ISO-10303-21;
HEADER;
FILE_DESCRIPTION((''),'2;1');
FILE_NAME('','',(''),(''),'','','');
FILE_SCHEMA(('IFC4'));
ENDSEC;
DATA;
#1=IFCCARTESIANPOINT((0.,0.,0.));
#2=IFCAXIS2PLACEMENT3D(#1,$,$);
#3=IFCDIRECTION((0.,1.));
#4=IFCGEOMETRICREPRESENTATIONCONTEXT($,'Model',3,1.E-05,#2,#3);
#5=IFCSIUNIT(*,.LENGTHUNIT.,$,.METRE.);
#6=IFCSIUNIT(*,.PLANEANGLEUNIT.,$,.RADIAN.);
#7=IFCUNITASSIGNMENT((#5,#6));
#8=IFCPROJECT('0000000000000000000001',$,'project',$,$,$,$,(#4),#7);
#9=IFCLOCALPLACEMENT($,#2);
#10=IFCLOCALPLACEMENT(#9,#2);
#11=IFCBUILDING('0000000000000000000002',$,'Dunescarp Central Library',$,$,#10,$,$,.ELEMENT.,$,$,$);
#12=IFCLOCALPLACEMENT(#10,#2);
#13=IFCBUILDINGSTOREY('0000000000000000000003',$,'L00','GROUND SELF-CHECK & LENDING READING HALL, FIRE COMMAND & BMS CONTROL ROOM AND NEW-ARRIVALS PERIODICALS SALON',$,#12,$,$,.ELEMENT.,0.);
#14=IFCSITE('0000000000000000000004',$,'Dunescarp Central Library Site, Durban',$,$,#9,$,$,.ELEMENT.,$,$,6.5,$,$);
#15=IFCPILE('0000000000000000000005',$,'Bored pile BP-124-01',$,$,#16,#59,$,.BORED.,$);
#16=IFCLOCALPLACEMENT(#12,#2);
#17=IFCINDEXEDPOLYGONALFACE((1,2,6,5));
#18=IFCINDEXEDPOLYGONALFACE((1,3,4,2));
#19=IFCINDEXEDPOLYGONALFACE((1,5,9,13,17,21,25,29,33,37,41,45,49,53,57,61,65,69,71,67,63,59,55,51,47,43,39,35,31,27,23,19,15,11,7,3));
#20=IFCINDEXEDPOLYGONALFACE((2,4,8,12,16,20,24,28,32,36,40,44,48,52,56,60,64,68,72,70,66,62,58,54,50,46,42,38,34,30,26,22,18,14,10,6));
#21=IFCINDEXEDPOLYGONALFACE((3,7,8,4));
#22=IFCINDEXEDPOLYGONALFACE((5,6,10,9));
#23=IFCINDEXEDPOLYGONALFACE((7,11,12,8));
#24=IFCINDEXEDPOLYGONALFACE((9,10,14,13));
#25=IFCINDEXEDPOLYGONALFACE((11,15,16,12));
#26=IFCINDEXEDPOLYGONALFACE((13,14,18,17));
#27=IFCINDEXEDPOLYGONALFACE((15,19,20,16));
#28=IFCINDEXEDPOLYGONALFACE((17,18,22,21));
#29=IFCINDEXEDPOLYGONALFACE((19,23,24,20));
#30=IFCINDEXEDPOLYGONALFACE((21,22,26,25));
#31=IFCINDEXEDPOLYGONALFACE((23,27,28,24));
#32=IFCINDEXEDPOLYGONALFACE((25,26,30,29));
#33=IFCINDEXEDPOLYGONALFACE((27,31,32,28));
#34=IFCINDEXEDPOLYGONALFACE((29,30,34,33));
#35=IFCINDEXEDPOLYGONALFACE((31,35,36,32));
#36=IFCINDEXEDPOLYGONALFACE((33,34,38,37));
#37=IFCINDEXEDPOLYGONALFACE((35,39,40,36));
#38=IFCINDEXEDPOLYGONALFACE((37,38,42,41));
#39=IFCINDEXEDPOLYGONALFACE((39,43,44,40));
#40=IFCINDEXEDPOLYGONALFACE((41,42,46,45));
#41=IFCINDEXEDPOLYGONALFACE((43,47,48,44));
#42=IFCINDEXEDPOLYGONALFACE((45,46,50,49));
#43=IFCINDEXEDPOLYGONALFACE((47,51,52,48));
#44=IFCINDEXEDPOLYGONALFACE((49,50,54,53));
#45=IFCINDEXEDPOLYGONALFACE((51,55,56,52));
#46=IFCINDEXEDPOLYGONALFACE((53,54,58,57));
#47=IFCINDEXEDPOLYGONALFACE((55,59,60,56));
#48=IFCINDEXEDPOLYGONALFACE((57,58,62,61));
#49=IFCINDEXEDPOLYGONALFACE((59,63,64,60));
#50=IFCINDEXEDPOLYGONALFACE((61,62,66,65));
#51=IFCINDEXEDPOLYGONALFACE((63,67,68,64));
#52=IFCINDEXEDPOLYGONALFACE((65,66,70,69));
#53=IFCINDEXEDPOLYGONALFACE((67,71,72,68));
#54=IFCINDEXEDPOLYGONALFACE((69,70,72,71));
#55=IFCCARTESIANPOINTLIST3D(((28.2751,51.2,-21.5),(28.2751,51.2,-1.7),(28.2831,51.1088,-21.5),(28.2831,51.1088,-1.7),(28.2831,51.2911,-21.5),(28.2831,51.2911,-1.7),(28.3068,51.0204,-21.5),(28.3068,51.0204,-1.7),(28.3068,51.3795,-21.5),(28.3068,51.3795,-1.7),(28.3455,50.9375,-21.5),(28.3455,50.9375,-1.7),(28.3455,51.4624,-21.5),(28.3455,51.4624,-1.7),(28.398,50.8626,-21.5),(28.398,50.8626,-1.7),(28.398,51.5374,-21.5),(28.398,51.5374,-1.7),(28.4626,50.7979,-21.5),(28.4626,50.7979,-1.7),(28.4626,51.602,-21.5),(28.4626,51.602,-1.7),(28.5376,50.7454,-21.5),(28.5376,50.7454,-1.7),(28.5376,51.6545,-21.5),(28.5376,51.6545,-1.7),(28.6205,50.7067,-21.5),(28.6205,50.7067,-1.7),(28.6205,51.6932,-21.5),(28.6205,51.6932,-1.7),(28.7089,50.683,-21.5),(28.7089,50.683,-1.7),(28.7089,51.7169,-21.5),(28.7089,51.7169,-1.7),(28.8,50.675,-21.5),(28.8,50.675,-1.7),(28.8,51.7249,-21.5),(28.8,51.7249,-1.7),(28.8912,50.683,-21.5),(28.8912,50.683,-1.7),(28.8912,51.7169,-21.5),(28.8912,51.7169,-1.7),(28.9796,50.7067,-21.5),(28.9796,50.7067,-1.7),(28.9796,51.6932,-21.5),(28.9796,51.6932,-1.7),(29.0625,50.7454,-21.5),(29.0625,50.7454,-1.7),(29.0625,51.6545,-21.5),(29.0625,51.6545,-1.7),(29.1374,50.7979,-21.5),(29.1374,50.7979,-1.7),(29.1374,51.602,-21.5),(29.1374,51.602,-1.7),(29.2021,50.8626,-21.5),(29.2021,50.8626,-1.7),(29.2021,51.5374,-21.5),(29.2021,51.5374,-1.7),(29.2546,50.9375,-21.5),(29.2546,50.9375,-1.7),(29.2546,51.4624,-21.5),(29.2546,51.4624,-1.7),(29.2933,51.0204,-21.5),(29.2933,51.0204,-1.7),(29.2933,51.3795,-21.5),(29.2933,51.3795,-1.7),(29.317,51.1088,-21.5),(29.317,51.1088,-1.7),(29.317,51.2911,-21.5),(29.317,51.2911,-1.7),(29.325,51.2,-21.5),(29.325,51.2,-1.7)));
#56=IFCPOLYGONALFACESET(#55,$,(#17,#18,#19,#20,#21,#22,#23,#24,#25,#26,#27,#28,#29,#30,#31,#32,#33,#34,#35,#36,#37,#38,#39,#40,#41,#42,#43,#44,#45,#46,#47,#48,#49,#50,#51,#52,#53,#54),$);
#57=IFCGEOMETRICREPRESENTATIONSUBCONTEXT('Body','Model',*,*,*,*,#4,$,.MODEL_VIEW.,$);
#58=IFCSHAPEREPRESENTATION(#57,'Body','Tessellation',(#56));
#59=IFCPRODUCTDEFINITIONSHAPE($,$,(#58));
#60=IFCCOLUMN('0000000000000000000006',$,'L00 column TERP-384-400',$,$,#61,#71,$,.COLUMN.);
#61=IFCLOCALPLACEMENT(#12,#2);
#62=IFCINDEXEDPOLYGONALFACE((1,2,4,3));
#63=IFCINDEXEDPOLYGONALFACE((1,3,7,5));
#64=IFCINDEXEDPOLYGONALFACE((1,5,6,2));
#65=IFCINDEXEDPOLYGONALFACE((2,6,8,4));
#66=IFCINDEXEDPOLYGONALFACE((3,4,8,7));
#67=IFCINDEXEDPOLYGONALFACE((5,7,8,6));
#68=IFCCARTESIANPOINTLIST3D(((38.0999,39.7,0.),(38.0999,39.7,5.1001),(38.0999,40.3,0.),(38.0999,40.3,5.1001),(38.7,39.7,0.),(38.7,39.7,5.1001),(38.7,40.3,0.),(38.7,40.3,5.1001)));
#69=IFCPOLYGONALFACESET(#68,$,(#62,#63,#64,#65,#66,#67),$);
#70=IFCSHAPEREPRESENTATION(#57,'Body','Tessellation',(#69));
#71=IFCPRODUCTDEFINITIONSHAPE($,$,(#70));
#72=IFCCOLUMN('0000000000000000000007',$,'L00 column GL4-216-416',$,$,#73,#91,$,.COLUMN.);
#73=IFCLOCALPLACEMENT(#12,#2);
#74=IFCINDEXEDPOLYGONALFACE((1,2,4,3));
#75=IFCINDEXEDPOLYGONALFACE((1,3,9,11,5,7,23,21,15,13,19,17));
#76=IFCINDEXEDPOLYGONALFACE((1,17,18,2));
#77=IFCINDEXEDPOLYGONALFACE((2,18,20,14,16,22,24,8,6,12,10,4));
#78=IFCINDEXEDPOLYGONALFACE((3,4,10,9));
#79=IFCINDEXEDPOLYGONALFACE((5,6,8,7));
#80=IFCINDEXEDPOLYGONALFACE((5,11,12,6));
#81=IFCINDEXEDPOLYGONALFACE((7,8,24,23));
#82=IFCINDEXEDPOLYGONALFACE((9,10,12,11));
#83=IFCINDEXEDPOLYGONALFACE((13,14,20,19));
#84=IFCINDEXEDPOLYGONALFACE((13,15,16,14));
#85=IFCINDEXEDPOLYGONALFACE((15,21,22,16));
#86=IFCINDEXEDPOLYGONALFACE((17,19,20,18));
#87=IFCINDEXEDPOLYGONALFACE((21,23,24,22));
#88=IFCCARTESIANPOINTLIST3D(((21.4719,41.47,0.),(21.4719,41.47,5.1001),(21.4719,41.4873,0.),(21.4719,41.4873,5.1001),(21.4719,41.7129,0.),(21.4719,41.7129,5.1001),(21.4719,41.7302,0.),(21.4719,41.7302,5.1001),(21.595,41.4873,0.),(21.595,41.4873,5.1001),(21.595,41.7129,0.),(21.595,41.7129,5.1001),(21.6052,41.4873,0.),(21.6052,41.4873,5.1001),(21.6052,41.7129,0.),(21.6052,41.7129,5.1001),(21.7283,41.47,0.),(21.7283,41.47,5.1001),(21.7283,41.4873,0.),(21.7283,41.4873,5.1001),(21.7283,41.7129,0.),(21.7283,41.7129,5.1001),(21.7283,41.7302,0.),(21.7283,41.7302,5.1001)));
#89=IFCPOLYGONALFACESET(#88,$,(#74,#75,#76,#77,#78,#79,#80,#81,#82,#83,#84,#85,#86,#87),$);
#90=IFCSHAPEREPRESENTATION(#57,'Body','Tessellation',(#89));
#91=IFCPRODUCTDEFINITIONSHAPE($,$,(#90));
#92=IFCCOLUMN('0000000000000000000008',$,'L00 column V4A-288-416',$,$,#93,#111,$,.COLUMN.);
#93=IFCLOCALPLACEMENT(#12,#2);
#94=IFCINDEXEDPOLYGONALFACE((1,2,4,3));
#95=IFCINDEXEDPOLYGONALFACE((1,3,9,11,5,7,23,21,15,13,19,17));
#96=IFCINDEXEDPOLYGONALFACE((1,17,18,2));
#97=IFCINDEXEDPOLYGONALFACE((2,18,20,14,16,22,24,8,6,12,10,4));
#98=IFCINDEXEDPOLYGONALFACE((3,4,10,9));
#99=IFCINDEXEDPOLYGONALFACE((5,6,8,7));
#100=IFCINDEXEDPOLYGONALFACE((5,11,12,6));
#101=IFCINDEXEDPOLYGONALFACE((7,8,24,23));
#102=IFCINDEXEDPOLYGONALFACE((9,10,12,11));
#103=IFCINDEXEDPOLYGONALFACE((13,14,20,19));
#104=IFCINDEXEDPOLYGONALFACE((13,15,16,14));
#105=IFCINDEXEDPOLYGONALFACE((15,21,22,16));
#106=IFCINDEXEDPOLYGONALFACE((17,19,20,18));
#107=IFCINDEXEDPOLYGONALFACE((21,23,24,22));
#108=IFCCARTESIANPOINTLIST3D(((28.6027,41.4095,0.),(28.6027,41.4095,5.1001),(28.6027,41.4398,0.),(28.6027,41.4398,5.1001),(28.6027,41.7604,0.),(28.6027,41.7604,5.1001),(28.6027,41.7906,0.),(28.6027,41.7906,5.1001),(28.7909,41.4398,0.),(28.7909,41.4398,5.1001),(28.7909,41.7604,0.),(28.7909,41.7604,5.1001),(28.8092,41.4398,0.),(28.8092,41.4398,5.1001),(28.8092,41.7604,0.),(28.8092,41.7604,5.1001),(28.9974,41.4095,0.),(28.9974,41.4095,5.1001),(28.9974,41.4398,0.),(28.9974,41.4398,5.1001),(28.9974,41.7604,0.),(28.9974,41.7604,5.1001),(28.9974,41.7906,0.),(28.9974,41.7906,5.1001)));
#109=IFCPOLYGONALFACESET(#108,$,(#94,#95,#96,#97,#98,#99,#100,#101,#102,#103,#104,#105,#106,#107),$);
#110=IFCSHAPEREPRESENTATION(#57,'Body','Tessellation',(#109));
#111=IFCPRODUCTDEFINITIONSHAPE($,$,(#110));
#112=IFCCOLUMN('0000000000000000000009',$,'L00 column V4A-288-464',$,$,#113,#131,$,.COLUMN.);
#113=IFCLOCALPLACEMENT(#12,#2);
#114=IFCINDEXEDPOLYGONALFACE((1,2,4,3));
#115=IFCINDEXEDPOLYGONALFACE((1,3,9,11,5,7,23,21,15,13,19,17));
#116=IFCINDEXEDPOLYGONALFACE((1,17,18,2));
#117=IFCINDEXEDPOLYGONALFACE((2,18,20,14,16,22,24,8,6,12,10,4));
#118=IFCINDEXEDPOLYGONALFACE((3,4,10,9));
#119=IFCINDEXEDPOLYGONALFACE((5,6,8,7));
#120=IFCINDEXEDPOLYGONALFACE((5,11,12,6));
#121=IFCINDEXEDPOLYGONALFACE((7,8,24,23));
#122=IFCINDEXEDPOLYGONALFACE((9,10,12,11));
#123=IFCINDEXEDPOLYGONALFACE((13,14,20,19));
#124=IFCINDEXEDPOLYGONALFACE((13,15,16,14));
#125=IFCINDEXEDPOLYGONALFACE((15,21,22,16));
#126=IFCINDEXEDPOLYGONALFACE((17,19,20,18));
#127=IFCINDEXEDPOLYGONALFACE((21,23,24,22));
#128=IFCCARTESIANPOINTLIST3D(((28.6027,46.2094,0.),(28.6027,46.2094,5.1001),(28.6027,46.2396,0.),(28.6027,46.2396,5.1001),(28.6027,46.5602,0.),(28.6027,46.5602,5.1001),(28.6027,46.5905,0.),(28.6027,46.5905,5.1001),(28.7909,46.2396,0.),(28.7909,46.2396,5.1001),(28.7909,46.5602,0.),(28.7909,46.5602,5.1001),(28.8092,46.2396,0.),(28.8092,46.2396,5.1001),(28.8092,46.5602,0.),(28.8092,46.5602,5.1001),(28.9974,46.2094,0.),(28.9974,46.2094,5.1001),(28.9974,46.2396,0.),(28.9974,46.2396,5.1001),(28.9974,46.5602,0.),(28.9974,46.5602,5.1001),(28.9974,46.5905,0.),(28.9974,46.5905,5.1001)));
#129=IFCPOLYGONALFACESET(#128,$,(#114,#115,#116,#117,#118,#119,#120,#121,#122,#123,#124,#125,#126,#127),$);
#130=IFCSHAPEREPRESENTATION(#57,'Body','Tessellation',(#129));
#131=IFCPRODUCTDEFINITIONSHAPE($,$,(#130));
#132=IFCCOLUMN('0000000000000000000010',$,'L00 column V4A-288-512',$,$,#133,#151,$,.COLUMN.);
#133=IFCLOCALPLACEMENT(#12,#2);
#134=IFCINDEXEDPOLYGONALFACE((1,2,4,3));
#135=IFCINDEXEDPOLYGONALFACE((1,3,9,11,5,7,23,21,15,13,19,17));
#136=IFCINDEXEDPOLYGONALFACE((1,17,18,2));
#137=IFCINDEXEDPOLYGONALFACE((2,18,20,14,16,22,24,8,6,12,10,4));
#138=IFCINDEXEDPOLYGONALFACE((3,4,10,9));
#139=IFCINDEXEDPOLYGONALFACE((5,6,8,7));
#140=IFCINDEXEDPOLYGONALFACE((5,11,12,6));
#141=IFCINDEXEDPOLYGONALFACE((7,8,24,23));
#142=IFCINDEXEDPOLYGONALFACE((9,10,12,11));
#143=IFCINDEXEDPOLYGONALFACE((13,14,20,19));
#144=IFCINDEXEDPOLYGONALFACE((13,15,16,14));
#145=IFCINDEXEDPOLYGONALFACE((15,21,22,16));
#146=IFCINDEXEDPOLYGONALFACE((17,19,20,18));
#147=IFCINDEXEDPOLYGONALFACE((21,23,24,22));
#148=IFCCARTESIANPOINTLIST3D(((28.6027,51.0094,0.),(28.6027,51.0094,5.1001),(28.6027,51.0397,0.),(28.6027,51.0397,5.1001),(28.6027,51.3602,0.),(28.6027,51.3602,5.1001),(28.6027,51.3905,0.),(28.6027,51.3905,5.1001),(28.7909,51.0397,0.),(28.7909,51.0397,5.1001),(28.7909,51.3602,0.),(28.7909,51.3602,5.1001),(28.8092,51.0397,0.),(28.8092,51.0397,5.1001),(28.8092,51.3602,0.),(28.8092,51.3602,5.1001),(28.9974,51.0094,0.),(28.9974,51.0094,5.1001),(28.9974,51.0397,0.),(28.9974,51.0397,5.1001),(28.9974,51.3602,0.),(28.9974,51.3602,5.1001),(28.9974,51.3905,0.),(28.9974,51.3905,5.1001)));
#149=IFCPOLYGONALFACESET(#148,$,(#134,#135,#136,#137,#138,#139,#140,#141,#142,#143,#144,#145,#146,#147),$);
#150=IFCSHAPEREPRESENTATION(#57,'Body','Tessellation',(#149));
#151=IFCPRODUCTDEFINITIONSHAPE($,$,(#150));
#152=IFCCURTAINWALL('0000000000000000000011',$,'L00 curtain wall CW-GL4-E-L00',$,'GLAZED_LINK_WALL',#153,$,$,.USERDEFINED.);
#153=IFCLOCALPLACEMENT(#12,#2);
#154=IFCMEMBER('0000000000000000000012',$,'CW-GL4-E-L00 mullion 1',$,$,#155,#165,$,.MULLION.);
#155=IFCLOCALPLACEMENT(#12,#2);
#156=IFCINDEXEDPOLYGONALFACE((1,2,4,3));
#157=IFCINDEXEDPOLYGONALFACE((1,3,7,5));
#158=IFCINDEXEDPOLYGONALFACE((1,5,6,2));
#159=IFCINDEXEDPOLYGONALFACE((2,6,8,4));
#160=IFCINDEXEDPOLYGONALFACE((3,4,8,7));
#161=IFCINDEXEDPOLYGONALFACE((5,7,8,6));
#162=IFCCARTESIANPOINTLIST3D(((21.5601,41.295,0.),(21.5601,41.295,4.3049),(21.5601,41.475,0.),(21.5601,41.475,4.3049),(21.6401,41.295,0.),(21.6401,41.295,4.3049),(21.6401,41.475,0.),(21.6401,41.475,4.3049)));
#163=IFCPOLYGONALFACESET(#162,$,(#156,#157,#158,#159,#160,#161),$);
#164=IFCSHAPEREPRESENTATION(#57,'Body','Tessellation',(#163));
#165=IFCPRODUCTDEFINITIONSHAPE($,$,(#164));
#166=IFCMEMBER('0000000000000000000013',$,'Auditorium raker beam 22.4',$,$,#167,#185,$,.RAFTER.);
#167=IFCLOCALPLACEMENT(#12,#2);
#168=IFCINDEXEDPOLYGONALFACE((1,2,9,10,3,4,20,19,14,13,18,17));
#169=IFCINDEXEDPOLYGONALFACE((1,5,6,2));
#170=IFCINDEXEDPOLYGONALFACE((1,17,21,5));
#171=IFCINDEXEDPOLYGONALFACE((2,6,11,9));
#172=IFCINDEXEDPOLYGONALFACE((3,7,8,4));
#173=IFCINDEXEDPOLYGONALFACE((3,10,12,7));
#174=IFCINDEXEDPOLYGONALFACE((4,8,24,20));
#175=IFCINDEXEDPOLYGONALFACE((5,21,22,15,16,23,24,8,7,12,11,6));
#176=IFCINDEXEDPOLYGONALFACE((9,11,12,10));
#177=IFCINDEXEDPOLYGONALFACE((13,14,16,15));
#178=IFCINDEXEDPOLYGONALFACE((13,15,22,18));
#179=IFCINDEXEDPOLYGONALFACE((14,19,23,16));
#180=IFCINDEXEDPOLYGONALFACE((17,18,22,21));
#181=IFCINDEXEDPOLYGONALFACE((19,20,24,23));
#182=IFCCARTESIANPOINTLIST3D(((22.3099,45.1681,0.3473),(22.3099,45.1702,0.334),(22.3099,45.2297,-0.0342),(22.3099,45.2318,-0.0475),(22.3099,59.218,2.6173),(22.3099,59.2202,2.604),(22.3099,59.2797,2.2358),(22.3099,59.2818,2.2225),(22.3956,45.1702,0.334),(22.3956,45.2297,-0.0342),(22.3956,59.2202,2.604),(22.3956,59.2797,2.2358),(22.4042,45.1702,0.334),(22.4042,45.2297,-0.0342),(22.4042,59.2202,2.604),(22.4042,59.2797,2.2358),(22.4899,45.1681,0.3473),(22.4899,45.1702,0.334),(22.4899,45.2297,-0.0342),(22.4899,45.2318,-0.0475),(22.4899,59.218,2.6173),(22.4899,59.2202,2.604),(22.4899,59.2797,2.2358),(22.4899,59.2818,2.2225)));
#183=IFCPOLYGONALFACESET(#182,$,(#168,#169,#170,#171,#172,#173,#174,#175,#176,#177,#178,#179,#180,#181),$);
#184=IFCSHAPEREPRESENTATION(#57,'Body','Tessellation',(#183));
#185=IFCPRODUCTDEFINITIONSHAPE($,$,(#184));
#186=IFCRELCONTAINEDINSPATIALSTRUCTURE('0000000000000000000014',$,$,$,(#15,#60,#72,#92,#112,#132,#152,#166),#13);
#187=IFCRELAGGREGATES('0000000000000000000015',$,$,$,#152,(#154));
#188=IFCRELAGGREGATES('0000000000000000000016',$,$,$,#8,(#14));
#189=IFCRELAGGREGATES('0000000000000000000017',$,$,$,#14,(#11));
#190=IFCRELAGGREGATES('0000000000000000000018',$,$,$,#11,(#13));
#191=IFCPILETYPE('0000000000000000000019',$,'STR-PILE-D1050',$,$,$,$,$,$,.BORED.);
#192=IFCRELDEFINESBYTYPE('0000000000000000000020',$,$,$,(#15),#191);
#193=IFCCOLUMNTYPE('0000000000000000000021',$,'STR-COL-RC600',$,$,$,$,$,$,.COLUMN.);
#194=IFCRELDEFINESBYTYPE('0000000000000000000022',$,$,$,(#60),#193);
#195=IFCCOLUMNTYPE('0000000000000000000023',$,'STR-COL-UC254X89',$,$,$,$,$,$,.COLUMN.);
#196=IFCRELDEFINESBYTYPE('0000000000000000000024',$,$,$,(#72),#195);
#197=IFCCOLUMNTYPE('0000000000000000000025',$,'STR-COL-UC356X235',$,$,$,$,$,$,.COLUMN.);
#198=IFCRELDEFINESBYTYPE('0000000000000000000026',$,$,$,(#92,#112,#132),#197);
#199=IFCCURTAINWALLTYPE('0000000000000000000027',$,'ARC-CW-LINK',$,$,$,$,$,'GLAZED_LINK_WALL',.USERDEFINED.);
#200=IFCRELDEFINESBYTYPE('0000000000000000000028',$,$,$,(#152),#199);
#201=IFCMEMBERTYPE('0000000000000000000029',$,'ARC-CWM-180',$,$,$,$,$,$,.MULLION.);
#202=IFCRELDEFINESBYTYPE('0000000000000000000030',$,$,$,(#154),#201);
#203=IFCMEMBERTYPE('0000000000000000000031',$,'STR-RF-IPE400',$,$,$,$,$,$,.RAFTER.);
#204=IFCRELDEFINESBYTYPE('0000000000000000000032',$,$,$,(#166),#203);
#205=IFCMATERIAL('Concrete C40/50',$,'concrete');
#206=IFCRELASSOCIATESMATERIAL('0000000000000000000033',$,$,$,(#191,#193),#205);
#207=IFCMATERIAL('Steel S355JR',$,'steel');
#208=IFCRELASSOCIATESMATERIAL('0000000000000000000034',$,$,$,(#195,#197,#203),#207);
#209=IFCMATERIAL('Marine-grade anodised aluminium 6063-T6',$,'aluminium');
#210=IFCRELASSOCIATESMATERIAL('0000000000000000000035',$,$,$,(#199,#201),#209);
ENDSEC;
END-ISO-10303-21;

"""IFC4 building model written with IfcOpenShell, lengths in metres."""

from ifc_helpers import new_model, si_unit, direction, frame, origin, origin_2d, place, context, subcontext, project, spatial, rectangle, circle, i_section, extrude, material, material_profile, profile_set, type_object, element, aggregate, save


model = new_model("IFC4")

# Units and contexts
model_context = context("Model", 3, precision=1e-05, world=origin(), true_north=direction((0.0, 1.0)))
body_context = subcontext(model_context, "Body", "Model", "MODEL_VIEW")
ifc_project = project(units=[si_unit("LENGTHUNIT", "METRE"), si_unit("PLANEANGLEUNIT", "RADIAN")], contexts=[model_context])

# Site, building, storey
site_placement = place(None, origin())
site = spatial("IfcSite", under=ifc_project, at=site_placement, Name="Dunescarp Central Library Site, Durban", CompositionType="ELEMENT", RefElevation=6.5)
building_placement = place(site_placement, origin())
building = spatial("IfcBuilding", under=site, at=building_placement, Name="Dunescarp Central Library", CompositionType="ELEMENT")
storey_placement = place(building_placement, origin())
storey = spatial("IfcBuildingStorey", under=building, at=storey_placement, Name="L00", Description="GROUND SELF-CHECK & LENDING READING HALL, FIRE COMMAND & BMS CONTROL ROOM AND NEW-ARRIVALS PERIODICALS SALON", CompositionType="ELEMENT", Elevation=0.0)

# Shared definitions
ifc_material_1 = material(Name="Concrete C40/50", Category="concrete")

# Pile
ifc_material_profile_1 = material_profile(ifc_material_1, circle(Radius=0.5249, at=origin_2d()), Name="PILE D1050")
ifc_profile_set_1 = profile_set([ifc_material_profile_1], Name="Concrete C40/50")
pile_type = type_object("IfcPileType", Name="STR-PILE-D1050", PredefinedType="BORED", material=ifc_profile_set_1)
for number, where, z_axis, x_axis, name in (
    (1, (28.8, 51.2, -1.7), (0.0, 0.0, -1.0), (1.0, 0.0, 0.0), "Bored pile BP-124-01"),
):
    element("IfcPile", number, at=place(storey_placement, frame(where, z_axis=z_axis, x_axis=x_axis)), inside=storey, type_object=pile_type, Name=name, PredefinedType="BORED", context=body_context, shape_type="SweptSolid", body=[
        extrude(circle(Radius=0.5249, at=origin_2d()), origin(), (0.0, 0.0, 1.0), 19.8),
    ])

# Columns
ifc_material_profile_2 = material_profile(ifc_material_1, rectangle(XDim=0.6001, YDim=0.6001, at=origin_2d()), Name="RC 600x600")
ifc_profile_set_2 = profile_set([ifc_material_profile_2], Name="Concrete C40/50")
column_type_1 = type_object("IfcColumnType", Name="STR-COL-RC600", PredefinedType="COLUMN", material=ifc_profile_set_2)
column_1_placement = place(storey_placement, frame((38.3999, 40.0, 0.0), z_axis=(0.0, 0.0, 1.0), x_axis=(1.0, 0.0, 0.0)))
element("IfcColumn", 2, at=column_1_placement, inside=storey, type_object=column_type_1, Name="L00 column TERP-384-400", PredefinedType="COLUMN", context=body_context, shape_type="SweptSolid", body=[
    extrude(rectangle(XDim=0.6001, YDim=0.6001, at=origin_2d()), origin(), (0.0, 0.0, 1.0), 5.1001),
])
ifc_material_2 = material(Name="Steel S355JR", Category="steel")
ifc_material_profile_3 = material_profile(ifc_material_2, i_section(OverallWidth=0.2563, OverallDepth=0.2603, WebThickness=0.0103, FlangeThickness=0.0173, at=origin_2d()), Name="UC 254x254x89")
ifc_profile_set_3 = profile_set([ifc_material_profile_3], Name="Steel S355JR")
column_type_2 = type_object("IfcColumnType", Name="STR-COL-UC254X89", PredefinedType="COLUMN", material=ifc_profile_set_3)
column_2_placement = place(storey_placement, frame((21.6001, 41.6001, 0.0), z_axis=(0.0, 0.0, 1.0), x_axis=(1.0, 0.0, 0.0)))
element("IfcColumn", 3, at=column_2_placement, inside=storey, type_object=column_type_2, Name="L00 column GL4-216-416", PredefinedType="COLUMN", context=body_context, shape_type="SweptSolid", body=[
    extrude(i_section(OverallWidth=0.2563, OverallDepth=0.2603, WebThickness=0.0103, FlangeThickness=0.0173, at=origin_2d()), origin(), (0.0, 0.0, 1.0), 5.1001),
])
ifc_material_profile_4 = material_profile(ifc_material_2, i_section(OverallWidth=0.3948, OverallDepth=0.3811, WebThickness=0.0183, FlangeThickness=0.0303, at=origin_2d()), Name="UC 356x406x235")
ifc_profile_set_4 = profile_set([ifc_material_profile_4], Name="Steel S355JR")
column_type_3 = type_object("IfcColumnType", Name="STR-COL-UC356X235", PredefinedType="COLUMN", material=ifc_profile_set_4)
for number, where, z_axis, x_axis, name in (
    (4, (28.8, 41.6001, 0.0), (0.0, 0.0, 1.0), (1.0, 0.0, 0.0), "L00 column V4A-288-416"),
    (5, (28.8, 46.3999, 0.0), (0.0, 0.0, 1.0), (1.0, 0.0, 0.0), "L00 column V4A-288-464"),
    (6, (28.8, 51.2, 0.0), (0.0, 0.0, 1.0), (1.0, 0.0, 0.0), "L00 column V4A-288-512"),
):
    element("IfcColumn", number, at=place(storey_placement, frame(where, z_axis=z_axis, x_axis=x_axis)), inside=storey, type_object=column_type_3, Name=name, PredefinedType="COLUMN", context=body_context, shape_type="SweptSolid", body=[
        extrude(i_section(OverallWidth=0.3948, OverallDepth=0.3811, WebThickness=0.0183, FlangeThickness=0.0303, at=origin_2d()), origin(), (0.0, 0.0, 1.0), 5.1001),
    ])

# Curtain wall, member
ifc_material_3 = material(Name="Marine-grade anodised aluminium 6063-T6", Category="aluminium")
curtain_wall_type = type_object("IfcCurtainWallType", Name="ARC-CW-LINK", ElementType="GLAZED_LINK_WALL", PredefinedType="USERDEFINED", material=ifc_material_3)
curtain_wall_placement = place(storey_placement, origin())
curtain_wall = element("IfcCurtainWall", 7, at=curtain_wall_placement, inside=storey, type_object=curtain_wall_type, Name="L00 curtain wall CW-GL4-E-L00", ObjectType="GLAZED_LINK_WALL", PredefinedType="USERDEFINED")
ifc_material_profile_5 = material_profile(ifc_material_3, rectangle(XDim=0.0801, YDim=0.1799, at=origin_2d()), Name="AL 80x180")
ifc_profile_set_5 = profile_set([ifc_material_profile_5], Name="Marine-grade anodised aluminium 6063-T6")
member_type_1 = type_object("IfcMemberType", Name="ARC-CWM-180", PredefinedType="MULLION", material=ifc_profile_set_5)
member_1_placement = place(storey_placement, frame((21.6001, 41.385, 0.0), z_axis=(0.0, 0.0, 1.0), x_axis=(1.0, 0.0, 0.0)))
member_1 = element("IfcMember", 8, at=member_1_placement, type_object=member_type_1, Name="CW-GL4-E-L00 mullion 1", PredefinedType="MULLION", context=body_context, shape_type="SweptSolid", body=[
    extrude(rectangle(XDim=0.0801, YDim=0.1799, at=origin_2d()), origin(), (0.0, 0.0, 1.0), 4.3049),
])
aggregate(curtain_wall, [member_1])

# Member
ifc_material_profile_6 = material_profile(ifc_material_2, i_section(OverallWidth=0.1799, OverallDepth=0.3999, WebThickness=0.0085, FlangeThickness=0.0134, at=origin_2d()), Name="IPE 400")
ifc_profile_set_6 = profile_set([ifc_material_profile_6], Name="Steel S355JR")
member_type_2 = type_object("IfcMemberType", Name="STR-RF-IPE400", PredefinedType="RAFTER", material=ifc_profile_set_6)
member_2_placement = place(storey_placement, frame((22.3999, 45.2, 0.1499), z_axis=(0.0, 0.987198, 0.159498), x_axis=(-1.0, 0.0, 0.0)))
element("IfcMember", 9, at=member_2_placement, inside=storey, type_object=member_type_2, Name="Auditorium raker beam 22.4", PredefinedType="RAFTER", context=body_context, shape_type="SweptSolid", body=[
    extrude(i_section(OverallWidth=0.1799, OverallDepth=0.3999, WebThickness=0.0085, FlangeThickness=0.0134, at=origin_2d()), origin(), (0.0, 0.0, 1.0), 14.2322),
])

save(model, "model.ifc")
